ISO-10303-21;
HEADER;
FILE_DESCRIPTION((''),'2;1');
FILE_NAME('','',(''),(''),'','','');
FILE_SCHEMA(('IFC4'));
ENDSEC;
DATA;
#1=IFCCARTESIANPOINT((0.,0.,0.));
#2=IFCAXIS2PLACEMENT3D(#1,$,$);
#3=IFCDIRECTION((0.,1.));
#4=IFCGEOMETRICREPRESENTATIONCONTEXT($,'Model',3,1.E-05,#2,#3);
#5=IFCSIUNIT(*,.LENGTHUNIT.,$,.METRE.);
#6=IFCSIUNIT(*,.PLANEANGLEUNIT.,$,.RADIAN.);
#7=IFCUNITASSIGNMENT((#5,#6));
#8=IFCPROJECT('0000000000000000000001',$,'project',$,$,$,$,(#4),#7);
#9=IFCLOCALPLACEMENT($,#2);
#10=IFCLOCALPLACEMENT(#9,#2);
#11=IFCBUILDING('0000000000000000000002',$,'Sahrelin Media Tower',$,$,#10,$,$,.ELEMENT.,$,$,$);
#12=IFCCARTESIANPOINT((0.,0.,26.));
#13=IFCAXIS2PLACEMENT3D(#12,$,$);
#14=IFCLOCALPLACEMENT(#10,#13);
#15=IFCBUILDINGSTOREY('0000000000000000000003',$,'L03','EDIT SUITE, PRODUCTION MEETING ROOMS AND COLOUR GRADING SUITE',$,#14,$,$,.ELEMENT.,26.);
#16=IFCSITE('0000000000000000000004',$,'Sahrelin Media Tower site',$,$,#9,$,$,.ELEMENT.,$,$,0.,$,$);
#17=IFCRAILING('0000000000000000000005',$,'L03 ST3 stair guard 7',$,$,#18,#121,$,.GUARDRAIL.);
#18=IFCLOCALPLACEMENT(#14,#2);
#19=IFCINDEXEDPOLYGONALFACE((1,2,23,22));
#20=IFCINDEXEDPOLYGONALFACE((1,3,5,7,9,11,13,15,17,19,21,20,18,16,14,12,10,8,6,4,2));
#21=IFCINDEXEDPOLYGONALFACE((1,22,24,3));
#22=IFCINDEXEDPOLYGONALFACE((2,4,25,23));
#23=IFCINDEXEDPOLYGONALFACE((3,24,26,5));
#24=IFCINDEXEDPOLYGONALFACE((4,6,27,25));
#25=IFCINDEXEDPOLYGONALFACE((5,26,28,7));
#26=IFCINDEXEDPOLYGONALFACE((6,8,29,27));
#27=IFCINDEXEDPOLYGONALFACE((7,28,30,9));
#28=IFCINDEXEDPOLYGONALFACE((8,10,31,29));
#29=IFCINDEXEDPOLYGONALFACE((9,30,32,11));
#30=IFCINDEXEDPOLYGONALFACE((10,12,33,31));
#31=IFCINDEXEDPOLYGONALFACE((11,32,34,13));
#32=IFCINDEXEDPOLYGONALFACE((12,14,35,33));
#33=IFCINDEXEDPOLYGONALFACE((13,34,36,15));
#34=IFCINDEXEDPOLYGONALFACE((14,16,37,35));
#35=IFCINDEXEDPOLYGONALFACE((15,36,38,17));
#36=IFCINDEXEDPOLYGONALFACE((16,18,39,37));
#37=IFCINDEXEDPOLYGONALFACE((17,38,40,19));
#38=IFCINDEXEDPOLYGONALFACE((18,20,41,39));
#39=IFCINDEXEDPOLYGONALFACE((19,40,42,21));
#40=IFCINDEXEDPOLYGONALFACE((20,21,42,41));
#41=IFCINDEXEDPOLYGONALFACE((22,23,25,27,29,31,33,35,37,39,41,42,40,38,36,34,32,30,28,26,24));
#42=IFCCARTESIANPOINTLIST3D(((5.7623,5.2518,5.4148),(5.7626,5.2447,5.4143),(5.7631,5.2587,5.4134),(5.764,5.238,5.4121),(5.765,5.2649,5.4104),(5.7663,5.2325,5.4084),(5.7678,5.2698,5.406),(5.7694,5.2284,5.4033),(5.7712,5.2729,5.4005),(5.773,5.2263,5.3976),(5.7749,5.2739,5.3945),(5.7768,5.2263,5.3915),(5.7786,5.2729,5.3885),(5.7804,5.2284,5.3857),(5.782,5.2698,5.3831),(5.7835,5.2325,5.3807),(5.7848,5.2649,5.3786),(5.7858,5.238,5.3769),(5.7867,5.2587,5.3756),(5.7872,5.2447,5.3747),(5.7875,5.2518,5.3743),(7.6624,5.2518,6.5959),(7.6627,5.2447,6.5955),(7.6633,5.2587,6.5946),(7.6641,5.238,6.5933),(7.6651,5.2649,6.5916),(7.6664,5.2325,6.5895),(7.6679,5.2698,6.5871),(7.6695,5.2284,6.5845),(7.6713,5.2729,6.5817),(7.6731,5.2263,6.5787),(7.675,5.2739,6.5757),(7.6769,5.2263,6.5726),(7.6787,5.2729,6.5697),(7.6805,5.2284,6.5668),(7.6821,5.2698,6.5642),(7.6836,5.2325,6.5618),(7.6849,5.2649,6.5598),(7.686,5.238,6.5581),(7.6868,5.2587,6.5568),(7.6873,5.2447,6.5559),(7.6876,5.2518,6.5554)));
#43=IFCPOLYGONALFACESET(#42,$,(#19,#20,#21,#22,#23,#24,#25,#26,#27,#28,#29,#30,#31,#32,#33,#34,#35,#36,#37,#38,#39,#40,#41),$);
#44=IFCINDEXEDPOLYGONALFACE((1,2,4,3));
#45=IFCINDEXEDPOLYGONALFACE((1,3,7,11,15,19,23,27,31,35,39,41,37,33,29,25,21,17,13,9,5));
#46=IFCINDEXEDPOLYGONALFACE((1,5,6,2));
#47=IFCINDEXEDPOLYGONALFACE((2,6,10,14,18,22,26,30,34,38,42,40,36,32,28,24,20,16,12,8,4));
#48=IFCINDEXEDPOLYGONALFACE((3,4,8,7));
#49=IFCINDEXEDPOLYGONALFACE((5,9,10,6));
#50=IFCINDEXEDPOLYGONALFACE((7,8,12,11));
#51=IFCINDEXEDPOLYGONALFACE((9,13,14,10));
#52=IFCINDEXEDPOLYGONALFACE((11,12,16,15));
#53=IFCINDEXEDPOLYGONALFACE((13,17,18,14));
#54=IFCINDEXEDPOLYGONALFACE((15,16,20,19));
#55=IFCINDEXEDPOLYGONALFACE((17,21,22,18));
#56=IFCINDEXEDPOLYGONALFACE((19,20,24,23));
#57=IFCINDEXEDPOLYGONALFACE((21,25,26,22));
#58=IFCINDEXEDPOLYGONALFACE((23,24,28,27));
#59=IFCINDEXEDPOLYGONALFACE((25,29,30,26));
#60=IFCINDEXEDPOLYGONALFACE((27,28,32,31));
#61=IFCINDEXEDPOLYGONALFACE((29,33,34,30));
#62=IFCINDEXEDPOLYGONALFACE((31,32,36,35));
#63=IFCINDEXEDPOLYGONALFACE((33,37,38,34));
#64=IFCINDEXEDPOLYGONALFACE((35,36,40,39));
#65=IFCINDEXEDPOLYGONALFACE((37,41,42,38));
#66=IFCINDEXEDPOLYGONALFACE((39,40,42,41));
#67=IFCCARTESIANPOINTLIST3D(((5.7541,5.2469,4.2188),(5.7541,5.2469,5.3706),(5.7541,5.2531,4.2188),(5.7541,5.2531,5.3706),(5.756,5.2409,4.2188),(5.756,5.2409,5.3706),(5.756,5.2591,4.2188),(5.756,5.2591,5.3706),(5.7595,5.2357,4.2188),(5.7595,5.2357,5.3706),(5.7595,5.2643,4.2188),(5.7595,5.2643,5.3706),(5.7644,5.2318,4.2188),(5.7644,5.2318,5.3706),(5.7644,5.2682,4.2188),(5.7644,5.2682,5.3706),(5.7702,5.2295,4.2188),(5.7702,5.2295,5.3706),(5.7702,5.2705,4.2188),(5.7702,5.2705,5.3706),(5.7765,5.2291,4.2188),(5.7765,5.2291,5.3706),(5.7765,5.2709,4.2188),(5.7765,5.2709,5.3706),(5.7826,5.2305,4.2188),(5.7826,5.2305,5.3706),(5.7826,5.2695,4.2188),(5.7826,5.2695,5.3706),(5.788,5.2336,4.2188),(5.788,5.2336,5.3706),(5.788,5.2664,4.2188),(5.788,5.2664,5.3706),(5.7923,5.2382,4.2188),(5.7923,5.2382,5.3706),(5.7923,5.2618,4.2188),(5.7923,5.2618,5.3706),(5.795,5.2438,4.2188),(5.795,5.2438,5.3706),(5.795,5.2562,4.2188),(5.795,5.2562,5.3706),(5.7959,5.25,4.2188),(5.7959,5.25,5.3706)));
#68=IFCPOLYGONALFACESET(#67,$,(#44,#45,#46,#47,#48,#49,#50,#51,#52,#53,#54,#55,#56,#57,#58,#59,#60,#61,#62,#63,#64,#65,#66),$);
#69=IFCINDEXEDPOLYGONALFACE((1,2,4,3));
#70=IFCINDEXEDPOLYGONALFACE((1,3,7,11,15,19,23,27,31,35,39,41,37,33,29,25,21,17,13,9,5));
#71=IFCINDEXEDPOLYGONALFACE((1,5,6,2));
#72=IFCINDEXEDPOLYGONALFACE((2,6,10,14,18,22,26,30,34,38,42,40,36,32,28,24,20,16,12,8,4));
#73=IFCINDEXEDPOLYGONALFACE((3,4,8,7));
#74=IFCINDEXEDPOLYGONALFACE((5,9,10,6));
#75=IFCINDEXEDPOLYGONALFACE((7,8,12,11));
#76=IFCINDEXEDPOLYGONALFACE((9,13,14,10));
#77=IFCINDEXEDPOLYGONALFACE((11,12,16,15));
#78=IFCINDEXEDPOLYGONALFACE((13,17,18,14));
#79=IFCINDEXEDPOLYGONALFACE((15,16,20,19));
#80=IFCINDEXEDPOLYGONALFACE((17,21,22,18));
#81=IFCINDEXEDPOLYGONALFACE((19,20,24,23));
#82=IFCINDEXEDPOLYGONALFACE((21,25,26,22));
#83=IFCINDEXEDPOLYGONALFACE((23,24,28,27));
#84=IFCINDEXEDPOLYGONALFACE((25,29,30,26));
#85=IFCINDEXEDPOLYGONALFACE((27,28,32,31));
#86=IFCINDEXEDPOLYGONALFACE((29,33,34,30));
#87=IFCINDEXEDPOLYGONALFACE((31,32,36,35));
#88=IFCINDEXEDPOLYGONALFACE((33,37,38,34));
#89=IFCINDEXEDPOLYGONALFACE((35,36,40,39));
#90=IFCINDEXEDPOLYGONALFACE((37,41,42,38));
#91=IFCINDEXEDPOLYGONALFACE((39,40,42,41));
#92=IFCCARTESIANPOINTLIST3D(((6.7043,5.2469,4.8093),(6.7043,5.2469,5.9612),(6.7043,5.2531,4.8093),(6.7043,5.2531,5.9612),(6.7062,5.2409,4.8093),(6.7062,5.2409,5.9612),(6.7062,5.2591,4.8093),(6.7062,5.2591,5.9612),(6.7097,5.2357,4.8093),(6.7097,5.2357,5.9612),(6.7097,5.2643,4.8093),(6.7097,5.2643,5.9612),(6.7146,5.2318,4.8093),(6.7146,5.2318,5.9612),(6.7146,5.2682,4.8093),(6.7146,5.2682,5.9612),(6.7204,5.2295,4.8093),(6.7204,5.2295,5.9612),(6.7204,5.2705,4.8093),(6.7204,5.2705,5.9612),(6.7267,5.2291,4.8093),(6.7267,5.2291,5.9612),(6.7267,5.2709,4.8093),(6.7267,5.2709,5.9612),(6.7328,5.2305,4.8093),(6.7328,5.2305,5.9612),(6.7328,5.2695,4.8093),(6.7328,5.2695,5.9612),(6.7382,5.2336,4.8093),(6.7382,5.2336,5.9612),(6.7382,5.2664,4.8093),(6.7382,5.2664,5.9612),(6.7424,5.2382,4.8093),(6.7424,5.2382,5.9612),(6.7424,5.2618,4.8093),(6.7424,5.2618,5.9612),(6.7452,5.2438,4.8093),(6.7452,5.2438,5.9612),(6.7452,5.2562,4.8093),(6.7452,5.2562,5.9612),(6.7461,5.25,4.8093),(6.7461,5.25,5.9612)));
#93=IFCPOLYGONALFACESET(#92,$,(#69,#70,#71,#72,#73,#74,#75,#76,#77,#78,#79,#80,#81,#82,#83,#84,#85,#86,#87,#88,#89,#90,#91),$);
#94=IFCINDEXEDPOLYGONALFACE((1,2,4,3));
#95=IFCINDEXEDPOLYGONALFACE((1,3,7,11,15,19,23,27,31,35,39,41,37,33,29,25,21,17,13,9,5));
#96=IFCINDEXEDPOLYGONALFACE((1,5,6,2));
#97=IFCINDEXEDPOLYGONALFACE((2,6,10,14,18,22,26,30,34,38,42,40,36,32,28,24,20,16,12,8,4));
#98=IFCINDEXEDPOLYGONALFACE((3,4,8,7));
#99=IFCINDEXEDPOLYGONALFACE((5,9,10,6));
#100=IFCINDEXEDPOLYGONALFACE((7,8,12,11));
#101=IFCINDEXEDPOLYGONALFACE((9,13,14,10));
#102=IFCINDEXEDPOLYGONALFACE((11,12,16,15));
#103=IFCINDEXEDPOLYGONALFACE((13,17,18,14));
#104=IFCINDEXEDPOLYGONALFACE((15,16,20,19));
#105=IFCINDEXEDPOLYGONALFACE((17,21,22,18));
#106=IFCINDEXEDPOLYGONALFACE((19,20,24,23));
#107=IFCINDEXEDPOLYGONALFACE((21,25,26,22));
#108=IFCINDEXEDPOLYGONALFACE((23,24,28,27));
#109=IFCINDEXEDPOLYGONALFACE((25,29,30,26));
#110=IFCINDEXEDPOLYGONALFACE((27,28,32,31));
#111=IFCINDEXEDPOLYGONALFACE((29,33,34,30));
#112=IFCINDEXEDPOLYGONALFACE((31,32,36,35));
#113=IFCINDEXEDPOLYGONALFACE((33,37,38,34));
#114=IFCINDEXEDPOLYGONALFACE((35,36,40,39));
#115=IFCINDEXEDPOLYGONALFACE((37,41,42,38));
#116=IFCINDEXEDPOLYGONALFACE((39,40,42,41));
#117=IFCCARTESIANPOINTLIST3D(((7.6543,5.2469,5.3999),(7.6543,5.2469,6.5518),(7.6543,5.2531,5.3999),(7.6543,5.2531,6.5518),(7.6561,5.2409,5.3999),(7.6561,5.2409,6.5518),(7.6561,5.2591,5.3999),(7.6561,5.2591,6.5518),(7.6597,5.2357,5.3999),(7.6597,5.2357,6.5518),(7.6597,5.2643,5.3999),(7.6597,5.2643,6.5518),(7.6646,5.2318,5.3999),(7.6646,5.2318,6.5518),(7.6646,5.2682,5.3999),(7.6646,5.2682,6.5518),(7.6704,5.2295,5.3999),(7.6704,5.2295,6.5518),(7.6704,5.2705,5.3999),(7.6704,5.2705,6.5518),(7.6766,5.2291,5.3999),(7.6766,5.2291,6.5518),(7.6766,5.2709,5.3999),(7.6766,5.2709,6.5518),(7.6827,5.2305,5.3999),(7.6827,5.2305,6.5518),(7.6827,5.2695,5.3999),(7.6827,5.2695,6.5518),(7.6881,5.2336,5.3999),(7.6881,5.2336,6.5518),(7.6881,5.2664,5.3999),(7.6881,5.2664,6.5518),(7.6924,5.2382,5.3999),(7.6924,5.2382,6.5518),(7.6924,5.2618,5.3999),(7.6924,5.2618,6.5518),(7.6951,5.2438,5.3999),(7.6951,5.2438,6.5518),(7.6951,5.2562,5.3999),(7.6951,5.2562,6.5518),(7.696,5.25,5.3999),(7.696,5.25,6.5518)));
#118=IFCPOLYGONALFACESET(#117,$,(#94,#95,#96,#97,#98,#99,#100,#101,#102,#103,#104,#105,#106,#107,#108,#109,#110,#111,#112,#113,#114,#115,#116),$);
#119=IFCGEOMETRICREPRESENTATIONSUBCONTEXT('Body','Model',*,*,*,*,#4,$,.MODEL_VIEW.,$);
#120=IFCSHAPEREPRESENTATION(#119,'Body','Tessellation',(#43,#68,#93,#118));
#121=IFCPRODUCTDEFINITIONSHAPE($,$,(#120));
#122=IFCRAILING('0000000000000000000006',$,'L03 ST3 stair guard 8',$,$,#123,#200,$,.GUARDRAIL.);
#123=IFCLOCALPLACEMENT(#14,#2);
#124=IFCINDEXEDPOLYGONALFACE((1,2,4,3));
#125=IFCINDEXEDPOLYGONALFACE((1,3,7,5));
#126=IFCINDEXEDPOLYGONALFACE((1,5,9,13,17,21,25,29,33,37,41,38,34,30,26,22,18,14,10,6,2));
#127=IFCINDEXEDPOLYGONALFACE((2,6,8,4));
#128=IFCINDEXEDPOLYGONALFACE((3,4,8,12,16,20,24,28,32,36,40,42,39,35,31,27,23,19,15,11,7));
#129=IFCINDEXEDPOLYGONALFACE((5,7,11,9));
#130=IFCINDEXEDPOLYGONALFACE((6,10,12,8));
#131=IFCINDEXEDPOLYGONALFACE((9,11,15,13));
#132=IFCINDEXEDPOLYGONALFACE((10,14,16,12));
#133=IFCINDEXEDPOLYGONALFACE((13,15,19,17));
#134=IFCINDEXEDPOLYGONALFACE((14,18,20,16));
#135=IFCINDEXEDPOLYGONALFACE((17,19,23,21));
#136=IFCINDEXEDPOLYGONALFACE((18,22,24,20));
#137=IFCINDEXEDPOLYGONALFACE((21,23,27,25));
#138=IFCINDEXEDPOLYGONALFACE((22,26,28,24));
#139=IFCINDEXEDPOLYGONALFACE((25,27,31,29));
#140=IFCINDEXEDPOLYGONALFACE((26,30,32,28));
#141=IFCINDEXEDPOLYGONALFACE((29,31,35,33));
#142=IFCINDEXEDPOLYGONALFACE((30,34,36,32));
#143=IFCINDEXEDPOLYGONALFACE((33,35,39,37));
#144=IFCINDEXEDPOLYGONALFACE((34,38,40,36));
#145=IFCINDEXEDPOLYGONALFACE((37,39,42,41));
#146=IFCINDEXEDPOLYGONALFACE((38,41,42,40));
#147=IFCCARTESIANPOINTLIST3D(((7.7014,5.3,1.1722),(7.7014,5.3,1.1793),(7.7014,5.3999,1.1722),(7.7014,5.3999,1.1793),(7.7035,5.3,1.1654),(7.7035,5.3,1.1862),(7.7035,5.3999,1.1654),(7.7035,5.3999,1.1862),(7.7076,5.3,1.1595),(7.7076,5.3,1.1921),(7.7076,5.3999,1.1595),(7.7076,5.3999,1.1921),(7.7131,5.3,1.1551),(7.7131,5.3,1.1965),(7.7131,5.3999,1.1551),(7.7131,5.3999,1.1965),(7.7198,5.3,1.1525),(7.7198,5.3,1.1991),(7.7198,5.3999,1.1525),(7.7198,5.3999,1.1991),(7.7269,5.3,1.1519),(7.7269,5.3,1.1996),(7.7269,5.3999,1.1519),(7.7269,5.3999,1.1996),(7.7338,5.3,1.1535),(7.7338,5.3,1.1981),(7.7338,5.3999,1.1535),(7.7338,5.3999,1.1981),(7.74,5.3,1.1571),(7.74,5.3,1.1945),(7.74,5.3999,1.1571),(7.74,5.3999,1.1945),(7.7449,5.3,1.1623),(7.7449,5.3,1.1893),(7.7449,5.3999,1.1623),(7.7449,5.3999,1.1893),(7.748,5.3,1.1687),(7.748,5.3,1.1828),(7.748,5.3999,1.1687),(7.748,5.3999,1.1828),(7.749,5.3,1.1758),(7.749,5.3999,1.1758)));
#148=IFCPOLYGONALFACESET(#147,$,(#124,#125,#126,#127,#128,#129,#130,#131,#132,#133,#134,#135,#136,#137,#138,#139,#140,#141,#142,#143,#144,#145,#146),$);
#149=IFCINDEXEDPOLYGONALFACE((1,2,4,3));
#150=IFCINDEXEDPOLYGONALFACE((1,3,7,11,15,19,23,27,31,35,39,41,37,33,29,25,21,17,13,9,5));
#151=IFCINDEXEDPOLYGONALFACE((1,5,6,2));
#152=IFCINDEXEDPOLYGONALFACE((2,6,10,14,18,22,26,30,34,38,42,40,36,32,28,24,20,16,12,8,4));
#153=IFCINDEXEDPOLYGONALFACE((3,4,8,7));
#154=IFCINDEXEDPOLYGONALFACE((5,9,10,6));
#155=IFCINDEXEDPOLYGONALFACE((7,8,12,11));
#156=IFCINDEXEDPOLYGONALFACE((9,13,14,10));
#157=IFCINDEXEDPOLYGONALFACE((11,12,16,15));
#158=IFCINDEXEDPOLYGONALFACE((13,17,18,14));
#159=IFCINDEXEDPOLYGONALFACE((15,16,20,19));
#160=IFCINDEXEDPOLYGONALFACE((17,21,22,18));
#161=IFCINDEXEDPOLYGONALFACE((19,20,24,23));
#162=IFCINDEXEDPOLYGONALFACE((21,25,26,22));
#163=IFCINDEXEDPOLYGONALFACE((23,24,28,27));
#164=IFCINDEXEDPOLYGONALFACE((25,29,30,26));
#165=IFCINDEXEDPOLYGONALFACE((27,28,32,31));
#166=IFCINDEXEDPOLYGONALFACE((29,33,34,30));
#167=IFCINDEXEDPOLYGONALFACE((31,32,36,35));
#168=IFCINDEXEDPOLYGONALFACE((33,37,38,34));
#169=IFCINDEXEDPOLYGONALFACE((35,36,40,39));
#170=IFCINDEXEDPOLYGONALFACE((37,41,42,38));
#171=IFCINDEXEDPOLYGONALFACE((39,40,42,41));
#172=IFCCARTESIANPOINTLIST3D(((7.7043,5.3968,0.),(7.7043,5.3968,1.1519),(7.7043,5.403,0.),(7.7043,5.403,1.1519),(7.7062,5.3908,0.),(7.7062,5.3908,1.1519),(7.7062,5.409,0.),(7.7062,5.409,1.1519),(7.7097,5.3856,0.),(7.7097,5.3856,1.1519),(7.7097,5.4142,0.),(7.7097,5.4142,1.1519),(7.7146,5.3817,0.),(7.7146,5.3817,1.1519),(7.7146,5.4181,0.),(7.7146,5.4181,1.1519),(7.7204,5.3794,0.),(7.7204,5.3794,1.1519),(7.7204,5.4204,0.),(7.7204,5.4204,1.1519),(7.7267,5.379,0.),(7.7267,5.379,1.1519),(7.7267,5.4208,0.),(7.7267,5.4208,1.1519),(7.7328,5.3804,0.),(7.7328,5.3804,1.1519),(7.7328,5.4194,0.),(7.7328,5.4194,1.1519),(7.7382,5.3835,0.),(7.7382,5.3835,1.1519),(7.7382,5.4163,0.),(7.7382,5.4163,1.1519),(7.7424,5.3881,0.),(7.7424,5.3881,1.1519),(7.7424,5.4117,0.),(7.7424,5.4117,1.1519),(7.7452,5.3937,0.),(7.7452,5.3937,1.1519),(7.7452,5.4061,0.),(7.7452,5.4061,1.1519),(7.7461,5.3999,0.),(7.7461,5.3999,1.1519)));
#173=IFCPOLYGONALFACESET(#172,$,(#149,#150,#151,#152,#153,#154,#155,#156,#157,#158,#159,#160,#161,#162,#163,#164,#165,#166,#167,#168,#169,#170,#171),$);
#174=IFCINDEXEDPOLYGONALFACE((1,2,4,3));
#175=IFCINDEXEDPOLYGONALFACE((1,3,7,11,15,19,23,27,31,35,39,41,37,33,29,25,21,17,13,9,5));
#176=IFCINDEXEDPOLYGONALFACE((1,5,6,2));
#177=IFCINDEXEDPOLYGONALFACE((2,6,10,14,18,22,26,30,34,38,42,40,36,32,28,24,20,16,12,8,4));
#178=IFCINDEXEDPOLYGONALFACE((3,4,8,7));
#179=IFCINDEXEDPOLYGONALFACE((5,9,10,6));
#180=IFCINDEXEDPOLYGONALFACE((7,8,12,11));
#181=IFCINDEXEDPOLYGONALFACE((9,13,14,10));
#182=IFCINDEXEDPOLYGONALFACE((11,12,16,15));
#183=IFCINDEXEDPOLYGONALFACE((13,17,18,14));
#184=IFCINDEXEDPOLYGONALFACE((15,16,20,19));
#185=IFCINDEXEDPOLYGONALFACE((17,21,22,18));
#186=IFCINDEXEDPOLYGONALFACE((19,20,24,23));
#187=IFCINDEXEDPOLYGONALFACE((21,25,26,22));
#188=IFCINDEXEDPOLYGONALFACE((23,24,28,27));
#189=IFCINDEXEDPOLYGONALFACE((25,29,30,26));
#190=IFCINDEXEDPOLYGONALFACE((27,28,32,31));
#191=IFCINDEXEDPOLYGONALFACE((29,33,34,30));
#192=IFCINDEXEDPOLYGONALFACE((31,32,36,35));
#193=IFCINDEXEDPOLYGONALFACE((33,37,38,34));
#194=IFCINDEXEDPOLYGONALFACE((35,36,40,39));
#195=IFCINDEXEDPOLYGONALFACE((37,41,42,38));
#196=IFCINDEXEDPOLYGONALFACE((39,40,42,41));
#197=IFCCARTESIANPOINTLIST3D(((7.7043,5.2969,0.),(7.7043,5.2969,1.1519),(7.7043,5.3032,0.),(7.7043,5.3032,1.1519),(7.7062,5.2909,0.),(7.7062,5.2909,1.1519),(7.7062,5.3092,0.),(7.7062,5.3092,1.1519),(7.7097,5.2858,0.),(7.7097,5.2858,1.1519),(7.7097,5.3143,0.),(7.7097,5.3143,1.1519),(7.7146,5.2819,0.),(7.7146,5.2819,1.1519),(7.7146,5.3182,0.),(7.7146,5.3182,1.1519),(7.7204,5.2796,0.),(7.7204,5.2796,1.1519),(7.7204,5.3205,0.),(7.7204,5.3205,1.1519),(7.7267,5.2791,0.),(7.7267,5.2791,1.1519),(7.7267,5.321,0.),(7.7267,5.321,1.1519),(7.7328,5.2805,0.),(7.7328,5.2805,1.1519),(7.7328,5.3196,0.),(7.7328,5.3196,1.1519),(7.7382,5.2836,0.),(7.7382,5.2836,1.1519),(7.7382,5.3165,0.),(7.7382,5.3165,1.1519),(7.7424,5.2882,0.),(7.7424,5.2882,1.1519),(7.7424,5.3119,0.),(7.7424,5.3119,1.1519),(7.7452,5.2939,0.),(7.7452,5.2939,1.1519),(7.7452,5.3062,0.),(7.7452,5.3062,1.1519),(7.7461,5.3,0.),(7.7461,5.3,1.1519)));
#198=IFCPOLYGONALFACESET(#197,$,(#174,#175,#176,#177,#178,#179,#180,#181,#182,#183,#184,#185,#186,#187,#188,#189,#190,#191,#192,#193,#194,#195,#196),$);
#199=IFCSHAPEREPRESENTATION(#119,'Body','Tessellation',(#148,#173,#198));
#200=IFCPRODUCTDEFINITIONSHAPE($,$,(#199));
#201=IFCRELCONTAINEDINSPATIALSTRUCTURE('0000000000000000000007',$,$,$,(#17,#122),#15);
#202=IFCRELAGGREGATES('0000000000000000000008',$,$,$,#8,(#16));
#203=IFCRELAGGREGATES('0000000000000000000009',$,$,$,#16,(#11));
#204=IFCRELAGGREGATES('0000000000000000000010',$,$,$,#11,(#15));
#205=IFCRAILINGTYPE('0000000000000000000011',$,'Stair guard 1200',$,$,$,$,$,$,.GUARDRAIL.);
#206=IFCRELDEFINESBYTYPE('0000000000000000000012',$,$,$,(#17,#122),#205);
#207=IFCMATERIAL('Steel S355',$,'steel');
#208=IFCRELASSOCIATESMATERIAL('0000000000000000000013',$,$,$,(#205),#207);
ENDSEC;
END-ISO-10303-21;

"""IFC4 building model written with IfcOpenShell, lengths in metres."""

from ifc_helpers import new_model, si_unit, direction, frame, origin, origin_2d, place, context, subcontext, project, spatial, circle, extrude, material, type_object, element, save


model = new_model("IFC4")

# Units and contexts
model_context = context("Model", 3, precision=1e-05, world=origin(), true_north=direction((0.0, 1.0)))
body_context = subcontext(model_context, "Body", "Model", "MODEL_VIEW")
ifc_project = project(units=[si_unit("LENGTHUNIT", "METRE"), si_unit("PLANEANGLEUNIT", "RADIAN")], contexts=[model_context])

# Site, building, storey
site_placement = place(None, origin())
site = spatial("IfcSite", under=ifc_project, at=site_placement, Name="Sahrelin Media Tower site", CompositionType="ELEMENT", RefElevation=0.0)
building_placement = place(site_placement, origin())
building = spatial("IfcBuilding", under=site, at=building_placement, Name="Sahrelin Media Tower", CompositionType="ELEMENT")
storey_placement = place(building_placement, frame((0.0, 0.0, 26.0)))
storey = spatial("IfcBuildingStorey", under=building, at=storey_placement, Name="L03", Description="EDIT SUITE, PRODUCTION MEETING ROOMS AND COLOUR GRADING SUITE", CompositionType="ELEMENT", Elevation=26.0)

# Shared definitions
ifc_material_1 = material(Name="Steel S355", Category="steel")

# Railings
railing_type_1 = type_object("IfcRailingType", Name="Stair guard 1200", PredefinedType="GUARDRAIL", material=ifc_material_1)
railing_1_placement = place(storey_placement, frame((5.7749, 5.25, 4.2188)))
element("IfcRailing", 1, at=railing_1_placement, inside=storey, type_object=railing_type_1, Name="L03 ST3 stair guard 7", PredefinedType="GUARDRAIL", context=body_context, shape_type="SweptSolid", body=[
    extrude(circle(Radius=0.0239, at=origin_2d()), frame((0.0, 0.0, 1.1758), z_axis=(0.849289, 0.0, 0.527928), x_axis=(0.0, 1.0, 0.0)), (0.0, 0.0, 1.0), 2.2373),
    extrude(circle(Radius=0.021, at=origin_2d()), origin(), (0.0, 0.0, 1.0), 1.1519),
    extrude(circle(Radius=0.021, at=origin_2d()), frame((0.9502, 0.0, 0.5906)), (0.0, 0.0, 1.0), 1.1519),
    extrude(circle(Radius=0.021, at=origin_2d()), frame((1.9001, 0.0, 1.1812)), (0.0, 0.0, 1.0), 1.1519),
])
railing_2_placement = place(storey_placement, frame((7.7251, 5.3999, 0.0)))
element("IfcRailing", 2, at=railing_2_placement, inside=storey, type_object=railing_type_1, Name="L03 ST3 stair guard 8", PredefinedType="GUARDRAIL", context=body_context, shape_type="SweptSolid", body=[
    extrude(circle(Radius=0.0239, at=origin_2d()), frame((0.0, 0.0, 1.1758), z_axis=(0.0, -1.0, 0.0), x_axis=(1.0, 0.0, 0.0)), (0.0, 0.0, 1.0), 0.0999),
    extrude(circle(Radius=0.021, at=origin_2d()), origin(), (0.0, 0.0, 1.0), 1.1519),
    extrude(circle(Radius=0.021, at=origin_2d()), frame((0.0, -0.0999, 0.0)), (0.0, 0.0, 1.0), 1.1519),
])

save(model, "model.ifc")
